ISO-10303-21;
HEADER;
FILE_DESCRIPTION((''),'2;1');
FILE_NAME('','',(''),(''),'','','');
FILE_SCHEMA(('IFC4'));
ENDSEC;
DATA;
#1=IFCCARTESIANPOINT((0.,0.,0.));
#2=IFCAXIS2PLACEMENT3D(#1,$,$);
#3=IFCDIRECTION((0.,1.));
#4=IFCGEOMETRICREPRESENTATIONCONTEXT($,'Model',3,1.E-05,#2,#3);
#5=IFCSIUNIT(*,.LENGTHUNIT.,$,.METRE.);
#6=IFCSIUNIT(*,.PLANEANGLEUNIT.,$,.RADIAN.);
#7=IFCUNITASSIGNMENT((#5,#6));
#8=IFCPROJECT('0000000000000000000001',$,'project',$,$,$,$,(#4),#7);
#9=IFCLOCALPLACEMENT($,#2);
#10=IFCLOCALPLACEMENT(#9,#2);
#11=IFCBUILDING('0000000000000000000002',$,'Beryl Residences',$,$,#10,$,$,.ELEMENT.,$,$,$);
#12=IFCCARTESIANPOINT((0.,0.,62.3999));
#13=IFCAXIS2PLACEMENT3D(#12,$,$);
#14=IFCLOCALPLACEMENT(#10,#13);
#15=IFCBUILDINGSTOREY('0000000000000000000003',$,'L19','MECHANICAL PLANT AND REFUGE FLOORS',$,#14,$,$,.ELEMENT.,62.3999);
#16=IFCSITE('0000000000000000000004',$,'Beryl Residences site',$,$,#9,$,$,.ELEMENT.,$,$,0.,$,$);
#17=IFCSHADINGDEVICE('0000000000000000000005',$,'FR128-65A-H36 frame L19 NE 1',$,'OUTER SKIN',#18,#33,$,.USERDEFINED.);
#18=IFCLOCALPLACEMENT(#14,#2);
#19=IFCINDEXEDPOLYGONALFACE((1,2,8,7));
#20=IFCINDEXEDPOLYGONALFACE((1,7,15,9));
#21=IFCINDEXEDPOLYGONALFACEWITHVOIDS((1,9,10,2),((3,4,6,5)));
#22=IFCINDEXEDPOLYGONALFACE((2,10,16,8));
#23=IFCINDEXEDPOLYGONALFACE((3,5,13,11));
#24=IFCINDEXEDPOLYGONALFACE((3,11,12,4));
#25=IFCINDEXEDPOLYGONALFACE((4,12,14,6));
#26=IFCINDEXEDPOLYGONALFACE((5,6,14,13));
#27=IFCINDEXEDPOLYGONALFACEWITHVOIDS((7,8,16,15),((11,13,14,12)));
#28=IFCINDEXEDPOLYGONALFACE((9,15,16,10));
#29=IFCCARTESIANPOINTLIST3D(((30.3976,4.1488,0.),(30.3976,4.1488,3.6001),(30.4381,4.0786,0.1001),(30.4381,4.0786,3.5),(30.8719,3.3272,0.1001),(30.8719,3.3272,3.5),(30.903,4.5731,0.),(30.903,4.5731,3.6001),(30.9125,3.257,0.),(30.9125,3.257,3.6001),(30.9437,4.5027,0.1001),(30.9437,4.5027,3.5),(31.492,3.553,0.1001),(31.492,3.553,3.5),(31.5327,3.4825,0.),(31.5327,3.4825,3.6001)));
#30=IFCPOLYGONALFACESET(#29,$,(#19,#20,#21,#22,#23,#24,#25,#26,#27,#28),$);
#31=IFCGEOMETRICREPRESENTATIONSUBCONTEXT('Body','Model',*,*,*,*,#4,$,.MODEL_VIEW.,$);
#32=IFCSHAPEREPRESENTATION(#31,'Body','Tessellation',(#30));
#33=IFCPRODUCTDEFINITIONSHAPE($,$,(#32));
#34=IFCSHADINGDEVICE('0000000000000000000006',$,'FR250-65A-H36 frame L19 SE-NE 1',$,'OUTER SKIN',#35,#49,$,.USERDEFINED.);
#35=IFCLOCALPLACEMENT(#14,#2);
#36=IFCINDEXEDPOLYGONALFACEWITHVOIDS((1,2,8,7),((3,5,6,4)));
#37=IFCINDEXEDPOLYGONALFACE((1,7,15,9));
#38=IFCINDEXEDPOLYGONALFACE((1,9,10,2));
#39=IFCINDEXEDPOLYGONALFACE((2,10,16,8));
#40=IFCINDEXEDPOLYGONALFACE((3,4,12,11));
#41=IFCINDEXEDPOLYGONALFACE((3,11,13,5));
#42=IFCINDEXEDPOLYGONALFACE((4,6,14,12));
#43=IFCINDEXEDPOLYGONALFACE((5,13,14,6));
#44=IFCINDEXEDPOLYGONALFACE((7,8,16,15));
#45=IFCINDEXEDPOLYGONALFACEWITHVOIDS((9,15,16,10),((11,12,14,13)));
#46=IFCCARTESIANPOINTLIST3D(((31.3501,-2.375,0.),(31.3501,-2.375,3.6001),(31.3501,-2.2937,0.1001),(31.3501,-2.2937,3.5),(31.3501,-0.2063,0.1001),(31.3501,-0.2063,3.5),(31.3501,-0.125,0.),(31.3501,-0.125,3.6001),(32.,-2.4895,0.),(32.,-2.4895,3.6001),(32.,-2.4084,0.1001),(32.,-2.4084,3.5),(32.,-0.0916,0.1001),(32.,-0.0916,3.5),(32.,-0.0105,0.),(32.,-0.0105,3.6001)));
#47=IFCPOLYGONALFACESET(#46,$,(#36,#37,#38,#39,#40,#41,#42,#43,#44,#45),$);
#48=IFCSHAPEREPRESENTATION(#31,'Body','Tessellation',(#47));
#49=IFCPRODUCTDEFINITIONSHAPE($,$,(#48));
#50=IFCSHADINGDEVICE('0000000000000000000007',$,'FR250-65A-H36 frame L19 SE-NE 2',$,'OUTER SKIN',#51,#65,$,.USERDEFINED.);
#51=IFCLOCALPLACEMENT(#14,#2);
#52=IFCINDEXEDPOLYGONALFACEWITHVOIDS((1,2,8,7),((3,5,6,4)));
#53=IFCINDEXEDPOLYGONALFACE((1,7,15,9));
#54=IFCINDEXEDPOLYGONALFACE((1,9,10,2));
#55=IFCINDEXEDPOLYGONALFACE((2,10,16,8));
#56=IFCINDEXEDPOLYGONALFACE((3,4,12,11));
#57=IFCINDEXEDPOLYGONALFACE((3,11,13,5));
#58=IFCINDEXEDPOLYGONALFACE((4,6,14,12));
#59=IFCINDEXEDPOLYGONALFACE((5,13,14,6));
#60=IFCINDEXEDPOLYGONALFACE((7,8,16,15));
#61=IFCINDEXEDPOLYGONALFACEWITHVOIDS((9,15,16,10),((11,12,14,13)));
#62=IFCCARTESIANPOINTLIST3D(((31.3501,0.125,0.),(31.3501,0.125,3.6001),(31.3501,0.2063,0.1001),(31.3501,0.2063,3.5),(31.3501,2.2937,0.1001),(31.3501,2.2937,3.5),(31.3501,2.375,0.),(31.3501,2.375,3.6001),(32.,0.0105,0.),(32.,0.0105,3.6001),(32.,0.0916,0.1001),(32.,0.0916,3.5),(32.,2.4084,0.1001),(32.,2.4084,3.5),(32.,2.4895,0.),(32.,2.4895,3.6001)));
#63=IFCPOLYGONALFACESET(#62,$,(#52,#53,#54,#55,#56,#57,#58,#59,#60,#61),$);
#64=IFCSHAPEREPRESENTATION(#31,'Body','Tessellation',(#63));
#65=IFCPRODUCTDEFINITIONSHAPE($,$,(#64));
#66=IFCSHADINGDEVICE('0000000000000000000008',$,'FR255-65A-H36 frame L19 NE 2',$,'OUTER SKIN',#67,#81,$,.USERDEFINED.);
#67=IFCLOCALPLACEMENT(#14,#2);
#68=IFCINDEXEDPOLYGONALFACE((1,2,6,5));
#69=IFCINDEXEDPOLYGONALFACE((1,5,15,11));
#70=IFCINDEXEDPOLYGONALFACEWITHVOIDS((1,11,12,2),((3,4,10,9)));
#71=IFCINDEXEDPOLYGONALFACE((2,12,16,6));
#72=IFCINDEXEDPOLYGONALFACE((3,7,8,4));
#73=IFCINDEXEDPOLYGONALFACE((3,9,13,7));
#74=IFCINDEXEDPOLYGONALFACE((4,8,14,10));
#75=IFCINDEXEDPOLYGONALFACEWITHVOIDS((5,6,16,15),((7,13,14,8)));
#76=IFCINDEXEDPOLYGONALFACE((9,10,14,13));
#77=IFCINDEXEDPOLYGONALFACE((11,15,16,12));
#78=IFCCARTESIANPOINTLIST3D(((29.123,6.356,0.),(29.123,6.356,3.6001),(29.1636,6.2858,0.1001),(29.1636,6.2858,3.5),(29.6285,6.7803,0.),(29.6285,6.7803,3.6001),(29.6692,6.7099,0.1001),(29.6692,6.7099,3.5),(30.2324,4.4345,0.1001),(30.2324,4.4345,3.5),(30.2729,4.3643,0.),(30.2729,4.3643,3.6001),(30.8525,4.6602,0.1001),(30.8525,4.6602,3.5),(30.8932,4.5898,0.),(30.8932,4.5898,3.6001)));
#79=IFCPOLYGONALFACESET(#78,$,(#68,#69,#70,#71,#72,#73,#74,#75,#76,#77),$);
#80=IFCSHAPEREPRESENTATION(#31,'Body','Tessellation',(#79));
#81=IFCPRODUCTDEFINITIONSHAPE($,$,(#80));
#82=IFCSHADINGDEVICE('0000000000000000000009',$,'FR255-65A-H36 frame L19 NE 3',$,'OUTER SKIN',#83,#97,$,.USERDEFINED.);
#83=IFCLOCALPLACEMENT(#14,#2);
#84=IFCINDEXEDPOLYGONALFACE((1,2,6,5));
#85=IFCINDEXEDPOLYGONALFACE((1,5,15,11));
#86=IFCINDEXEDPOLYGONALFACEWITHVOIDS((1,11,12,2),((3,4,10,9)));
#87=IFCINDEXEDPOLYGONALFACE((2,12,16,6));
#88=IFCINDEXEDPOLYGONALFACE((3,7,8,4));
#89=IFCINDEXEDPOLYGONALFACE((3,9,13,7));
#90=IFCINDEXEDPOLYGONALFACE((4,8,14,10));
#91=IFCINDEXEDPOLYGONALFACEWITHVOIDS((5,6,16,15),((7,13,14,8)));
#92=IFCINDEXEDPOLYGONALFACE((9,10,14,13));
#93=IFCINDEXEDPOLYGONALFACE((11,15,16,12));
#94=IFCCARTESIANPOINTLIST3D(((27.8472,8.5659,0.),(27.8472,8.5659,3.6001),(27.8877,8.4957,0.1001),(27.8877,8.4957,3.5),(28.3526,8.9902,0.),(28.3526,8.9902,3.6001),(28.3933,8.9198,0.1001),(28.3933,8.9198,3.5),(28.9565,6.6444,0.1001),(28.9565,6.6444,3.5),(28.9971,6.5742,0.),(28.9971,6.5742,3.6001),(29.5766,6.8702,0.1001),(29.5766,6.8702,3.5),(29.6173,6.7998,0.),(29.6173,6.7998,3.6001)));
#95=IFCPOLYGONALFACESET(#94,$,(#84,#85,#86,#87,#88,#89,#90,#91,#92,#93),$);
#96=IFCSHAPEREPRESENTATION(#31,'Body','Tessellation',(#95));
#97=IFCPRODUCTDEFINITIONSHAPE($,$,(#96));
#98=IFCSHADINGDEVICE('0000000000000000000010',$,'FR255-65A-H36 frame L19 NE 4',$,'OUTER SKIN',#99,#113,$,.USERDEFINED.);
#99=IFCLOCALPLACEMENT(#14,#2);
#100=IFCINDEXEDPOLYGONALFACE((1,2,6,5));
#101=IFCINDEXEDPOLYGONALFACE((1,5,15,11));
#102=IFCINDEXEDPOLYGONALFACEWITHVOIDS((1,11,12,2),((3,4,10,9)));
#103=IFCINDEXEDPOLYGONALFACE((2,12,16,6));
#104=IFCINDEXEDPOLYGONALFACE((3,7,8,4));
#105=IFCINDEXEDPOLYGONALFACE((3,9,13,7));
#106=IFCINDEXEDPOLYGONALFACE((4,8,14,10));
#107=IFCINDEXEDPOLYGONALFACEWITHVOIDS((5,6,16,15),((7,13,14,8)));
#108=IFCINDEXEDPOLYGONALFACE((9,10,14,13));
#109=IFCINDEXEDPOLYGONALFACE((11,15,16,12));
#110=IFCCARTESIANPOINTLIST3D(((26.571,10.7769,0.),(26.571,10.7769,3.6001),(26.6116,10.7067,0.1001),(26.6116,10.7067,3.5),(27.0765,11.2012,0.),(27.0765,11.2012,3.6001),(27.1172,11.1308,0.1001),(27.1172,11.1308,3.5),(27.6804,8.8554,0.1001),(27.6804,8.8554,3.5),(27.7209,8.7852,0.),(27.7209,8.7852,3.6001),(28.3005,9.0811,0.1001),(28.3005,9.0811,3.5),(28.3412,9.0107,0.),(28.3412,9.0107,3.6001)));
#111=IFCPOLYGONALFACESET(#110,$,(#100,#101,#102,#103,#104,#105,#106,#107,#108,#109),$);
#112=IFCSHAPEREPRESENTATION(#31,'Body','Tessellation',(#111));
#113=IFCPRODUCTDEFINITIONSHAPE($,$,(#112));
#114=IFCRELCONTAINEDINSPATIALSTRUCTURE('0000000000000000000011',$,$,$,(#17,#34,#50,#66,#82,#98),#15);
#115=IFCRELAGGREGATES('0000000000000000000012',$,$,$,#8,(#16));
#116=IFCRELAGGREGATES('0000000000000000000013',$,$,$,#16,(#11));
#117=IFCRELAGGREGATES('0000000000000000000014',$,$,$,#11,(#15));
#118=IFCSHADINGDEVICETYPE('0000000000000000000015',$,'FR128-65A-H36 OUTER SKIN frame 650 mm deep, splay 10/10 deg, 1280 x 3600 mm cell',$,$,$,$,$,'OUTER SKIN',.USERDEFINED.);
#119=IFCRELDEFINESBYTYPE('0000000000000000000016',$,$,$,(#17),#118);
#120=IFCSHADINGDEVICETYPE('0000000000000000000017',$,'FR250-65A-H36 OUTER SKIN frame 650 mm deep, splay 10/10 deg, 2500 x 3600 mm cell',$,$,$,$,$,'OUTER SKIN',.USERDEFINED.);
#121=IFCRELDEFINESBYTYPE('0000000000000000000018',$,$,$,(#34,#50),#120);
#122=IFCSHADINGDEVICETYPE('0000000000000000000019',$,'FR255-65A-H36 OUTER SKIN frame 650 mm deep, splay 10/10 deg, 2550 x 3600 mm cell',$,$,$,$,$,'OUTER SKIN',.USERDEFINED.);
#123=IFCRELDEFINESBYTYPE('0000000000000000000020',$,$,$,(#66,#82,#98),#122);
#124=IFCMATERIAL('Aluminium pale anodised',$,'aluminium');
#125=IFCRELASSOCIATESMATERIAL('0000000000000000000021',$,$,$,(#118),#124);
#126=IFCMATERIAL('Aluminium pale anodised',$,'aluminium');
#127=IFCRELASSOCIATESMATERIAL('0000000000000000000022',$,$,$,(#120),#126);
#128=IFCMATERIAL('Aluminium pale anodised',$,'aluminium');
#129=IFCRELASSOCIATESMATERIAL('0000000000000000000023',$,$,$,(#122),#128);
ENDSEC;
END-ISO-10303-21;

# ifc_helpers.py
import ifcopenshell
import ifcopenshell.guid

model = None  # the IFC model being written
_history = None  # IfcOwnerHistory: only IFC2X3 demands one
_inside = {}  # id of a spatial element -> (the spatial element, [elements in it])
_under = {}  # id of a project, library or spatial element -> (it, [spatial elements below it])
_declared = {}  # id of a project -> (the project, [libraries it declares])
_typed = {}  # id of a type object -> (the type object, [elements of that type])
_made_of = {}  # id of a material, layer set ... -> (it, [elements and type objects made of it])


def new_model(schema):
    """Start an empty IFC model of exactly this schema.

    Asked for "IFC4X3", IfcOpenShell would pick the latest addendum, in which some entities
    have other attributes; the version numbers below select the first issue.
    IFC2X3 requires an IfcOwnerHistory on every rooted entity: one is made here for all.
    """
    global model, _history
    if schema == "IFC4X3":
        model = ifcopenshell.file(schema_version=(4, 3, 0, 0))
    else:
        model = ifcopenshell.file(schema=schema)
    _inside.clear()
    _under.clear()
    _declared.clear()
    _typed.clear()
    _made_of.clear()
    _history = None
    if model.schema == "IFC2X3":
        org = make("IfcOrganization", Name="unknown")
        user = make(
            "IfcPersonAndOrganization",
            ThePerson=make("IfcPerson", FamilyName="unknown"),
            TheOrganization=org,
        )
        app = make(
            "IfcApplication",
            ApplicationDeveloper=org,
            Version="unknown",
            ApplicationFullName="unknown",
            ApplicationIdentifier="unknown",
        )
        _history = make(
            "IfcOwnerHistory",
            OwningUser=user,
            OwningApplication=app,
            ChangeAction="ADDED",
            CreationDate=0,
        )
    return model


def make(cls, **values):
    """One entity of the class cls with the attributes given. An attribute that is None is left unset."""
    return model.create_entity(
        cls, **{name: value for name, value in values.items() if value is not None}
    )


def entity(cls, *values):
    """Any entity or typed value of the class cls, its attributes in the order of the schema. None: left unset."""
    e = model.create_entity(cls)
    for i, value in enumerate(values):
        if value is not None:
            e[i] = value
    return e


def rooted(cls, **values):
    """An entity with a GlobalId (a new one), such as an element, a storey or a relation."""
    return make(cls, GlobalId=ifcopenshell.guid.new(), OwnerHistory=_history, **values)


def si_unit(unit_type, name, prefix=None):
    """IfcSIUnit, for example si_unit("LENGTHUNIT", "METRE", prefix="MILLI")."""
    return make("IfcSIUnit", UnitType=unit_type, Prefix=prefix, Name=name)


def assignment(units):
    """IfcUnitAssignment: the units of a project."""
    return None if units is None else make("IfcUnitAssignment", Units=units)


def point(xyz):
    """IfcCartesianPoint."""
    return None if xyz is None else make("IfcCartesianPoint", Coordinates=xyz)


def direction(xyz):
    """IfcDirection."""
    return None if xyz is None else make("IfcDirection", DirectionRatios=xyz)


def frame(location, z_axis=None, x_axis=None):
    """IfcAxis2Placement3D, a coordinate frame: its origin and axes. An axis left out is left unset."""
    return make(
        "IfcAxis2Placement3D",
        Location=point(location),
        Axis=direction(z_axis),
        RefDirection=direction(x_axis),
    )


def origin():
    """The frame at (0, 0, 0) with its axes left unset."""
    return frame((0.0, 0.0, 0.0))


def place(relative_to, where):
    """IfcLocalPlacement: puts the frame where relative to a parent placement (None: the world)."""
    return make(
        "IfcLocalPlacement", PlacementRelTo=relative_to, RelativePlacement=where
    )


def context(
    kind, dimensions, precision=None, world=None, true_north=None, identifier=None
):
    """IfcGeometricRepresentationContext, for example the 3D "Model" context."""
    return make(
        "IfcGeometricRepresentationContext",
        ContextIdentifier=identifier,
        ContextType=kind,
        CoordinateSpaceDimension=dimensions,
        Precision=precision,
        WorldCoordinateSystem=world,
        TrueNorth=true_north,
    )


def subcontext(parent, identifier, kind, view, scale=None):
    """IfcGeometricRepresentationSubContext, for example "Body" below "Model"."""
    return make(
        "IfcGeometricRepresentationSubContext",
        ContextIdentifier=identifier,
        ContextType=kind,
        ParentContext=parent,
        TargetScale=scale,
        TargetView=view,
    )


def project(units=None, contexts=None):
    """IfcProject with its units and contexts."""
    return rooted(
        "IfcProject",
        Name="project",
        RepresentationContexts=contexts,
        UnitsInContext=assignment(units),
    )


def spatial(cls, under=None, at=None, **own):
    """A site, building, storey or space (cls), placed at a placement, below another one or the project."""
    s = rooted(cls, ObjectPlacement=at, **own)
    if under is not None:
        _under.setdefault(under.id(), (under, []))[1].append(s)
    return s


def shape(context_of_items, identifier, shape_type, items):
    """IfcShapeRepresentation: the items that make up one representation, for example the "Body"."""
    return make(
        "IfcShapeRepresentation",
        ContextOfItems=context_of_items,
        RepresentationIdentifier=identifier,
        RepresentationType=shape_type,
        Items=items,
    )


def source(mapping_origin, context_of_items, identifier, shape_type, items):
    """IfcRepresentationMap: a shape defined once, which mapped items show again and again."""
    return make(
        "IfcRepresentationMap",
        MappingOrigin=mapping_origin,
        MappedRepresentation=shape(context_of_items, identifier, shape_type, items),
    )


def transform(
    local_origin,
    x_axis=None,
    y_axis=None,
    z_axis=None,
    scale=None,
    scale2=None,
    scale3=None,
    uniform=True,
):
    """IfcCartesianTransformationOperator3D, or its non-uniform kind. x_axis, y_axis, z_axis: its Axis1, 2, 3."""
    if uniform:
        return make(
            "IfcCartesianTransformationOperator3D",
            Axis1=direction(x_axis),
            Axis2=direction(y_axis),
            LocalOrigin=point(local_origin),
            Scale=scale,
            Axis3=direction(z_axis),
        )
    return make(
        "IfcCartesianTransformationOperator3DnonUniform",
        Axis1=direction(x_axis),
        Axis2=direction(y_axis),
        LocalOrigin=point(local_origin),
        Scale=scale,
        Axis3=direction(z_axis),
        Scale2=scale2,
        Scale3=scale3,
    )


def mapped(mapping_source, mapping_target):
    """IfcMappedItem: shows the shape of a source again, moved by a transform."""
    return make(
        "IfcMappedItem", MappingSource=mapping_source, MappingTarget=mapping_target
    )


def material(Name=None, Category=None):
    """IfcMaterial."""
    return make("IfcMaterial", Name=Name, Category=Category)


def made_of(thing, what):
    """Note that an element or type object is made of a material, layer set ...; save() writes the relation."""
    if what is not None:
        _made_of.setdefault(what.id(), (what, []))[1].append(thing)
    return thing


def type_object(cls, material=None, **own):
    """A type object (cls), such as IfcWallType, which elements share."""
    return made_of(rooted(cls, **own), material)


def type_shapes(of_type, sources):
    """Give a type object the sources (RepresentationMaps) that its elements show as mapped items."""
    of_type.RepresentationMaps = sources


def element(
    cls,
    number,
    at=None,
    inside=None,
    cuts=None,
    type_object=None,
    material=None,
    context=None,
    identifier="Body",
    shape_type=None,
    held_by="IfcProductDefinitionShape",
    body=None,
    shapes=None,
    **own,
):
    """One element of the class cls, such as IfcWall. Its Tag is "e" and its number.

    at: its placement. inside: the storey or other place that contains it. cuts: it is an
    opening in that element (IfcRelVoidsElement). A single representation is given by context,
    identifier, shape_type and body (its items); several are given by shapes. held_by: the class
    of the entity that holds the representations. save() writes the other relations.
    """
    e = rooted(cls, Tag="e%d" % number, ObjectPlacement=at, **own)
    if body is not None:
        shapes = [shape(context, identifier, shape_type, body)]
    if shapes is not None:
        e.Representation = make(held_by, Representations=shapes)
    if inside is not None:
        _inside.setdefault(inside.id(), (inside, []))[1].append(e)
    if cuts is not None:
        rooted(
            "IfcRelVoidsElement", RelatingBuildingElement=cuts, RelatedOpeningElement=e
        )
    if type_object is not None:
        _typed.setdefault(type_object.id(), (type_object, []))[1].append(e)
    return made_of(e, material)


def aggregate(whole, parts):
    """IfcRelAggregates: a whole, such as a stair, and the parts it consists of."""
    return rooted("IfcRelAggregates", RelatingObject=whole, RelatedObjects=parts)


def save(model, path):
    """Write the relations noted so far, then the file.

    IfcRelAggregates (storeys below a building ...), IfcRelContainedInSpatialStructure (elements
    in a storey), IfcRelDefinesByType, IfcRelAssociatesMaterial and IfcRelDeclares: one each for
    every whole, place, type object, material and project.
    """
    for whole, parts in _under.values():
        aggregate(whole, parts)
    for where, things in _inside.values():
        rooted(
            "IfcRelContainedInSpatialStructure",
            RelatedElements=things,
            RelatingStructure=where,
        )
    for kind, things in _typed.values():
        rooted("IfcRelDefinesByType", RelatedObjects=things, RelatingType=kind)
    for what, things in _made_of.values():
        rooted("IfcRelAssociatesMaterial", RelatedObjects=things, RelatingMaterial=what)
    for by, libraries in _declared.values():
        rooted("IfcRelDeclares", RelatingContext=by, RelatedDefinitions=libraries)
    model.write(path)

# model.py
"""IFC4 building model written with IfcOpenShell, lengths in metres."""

from ifc_helpers import new_model, entity, si_unit, direction, frame, origin, place, context, subcontext, project, spatial, source, transform, mapped, material, type_object, type_shapes, element, save


model = new_model("IFC4")

# Units and contexts
model_context = context("Model", 3, precision=1e-05, world=origin(), true_north=direction((0.0, 1.0)))
body_context = subcontext(model_context, "Body", "Model", "MODEL_VIEW")
ifc_project = project(units=[si_unit("LENGTHUNIT", "METRE"), si_unit("PLANEANGLEUNIT", "RADIAN")], contexts=[model_context])

# Site, building, storey
site_placement = place(None, origin())
site = spatial("IfcSite", under=ifc_project, at=site_placement, Name="Beryl Residences site", CompositionType="ELEMENT", RefElevation=0.0)
building_placement = place(site_placement, origin())
building = spatial("IfcBuilding", under=site, at=building_placement, Name="Beryl Residences", CompositionType="ELEMENT")
storey_placement = place(building_placement, frame((0.0, 0.0, 62.3999)))
storey = spatial("IfcBuildingStorey", under=building, at=storey_placement, Name="L19", Description="MECHANICAL PLANT AND REFUGE FLOORS", CompositionType="ELEMENT", Elevation=62.3999)

# Shading devices
ifc_material_1 = material(Name="Aluminium pale anodised", Category="aluminium")
shading_device_type_1 = type_object("IfcShadingDeviceType", Name="FR128-65A-H36 OUTER SKIN frame 650 mm deep, splay 10/10 deg, 1280 x 3600 mm cell", ElementType="OUTER SKIN", PredefinedType="USERDEFINED", material=ifc_material_1)
cartesian_point_1 = entity("IfcCartesianPoint", [-0.5149, 0.0])
cartesian_point_2 = entity("IfcCartesianPoint", [-0.4338, 0.1001])
cartesian_point_3 = entity("IfcCartesianPoint", [-0.6296, 0.0])
cartesian_point_4 = entity("IfcCartesianPoint", [-0.5483, 0.1001])
shared_shape_1 = source(origin(), body_context, "Body", "SweptSolid", [
    entity("IfcExtrudedAreaSolidTapered", entity("IfcArbitraryProfileDefWithVoids", "AREA", None, entity("IfcPolyline", [cartesian_point_1, entity("IfcCartesianPoint", [0.5149, 0.0]), entity("IfcCartesianPoint", [0.5149, 3.6001]), entity("IfcCartesianPoint", [-0.5149, 3.6001]), cartesian_point_1]), [entity("IfcPolyline", [cartesian_point_2, entity("IfcCartesianPoint", [0.4338, 0.1001]), entity("IfcCartesianPoint", [0.4338, 3.5]), entity("IfcCartesianPoint", [-0.4338, 3.5]), cartesian_point_2])]), entity("IfcAxis2Placement3D", entity("IfcCartesianPoint", [0.0, 0.0, 0.0]), entity("IfcDirection", [0.0, 1.0, 0.0]), entity("IfcDirection", [-1.0, 0.0, 0.0])), entity("IfcDirection", [0.0, 0.0, 1.0]), 0.6499, entity("IfcArbitraryProfileDefWithVoids", "AREA", None, entity("IfcPolyline", [cartesian_point_3, entity("IfcCartesianPoint", [0.6296, 0.0]), entity("IfcCartesianPoint", [0.6296, 3.6001]), entity("IfcCartesianPoint", [-0.6296, 3.6001]), cartesian_point_3]), [entity("IfcPolyline", [cartesian_point_4, entity("IfcCartesianPoint", [0.5483, 0.1001]), entity("IfcCartesianPoint", [0.5483, 3.5]), entity("IfcCartesianPoint", [-0.5483, 3.5]), cartesian_point_4])])),
])
type_shapes(shading_device_type_1, [shared_shape_1])
shading_device_placement = place(storey_placement, frame((30.655, 3.7029, 0.0), z_axis=(0.0, 0.0, 1.0), x_axis=(0.5, -0.866025, 0.0)))
element("IfcShadingDevice", 1, at=shading_device_placement, inside=storey, type_object=shading_device_type_1, Name="FR128-65A-H36 frame L19 NE 1", ObjectType="OUTER SKIN", PredefinedType="USERDEFINED", context=body_context, shape_type="MappedRepresentation", body=[
    mapped(shared_shape_1, transform((0.0, 0.0, 0.0))),
])
ifc_material_2 = material(Name="Aluminium pale anodised", Category="aluminium")
shading_device_type_2 = type_object("IfcShadingDeviceType", Name="FR250-65A-H36 OUTER SKIN frame 650 mm deep, splay 10/10 deg, 2500 x 3600 mm cell", ElementType="OUTER SKIN", PredefinedType="USERDEFINED", material=ifc_material_2)
cartesian_point_5 = entity("IfcCartesianPoint", [-1.125, 0.0])
cartesian_point_6 = entity("IfcCartesianPoint", [-1.0437, 0.1001])
cartesian_point_7 = entity("IfcCartesianPoint", [-1.2395, 0.0])
cartesian_point_8 = entity("IfcCartesianPoint", [-1.1584, 0.1001])
shared_shape_2 = source(origin(), body_context, "Body", "SweptSolid", [
    entity("IfcExtrudedAreaSolidTapered", entity("IfcArbitraryProfileDefWithVoids", "AREA", None, entity("IfcPolyline", [cartesian_point_5, entity("IfcCartesianPoint", [1.125, 0.0]), entity("IfcCartesianPoint", [1.125, 3.6001]), entity("IfcCartesianPoint", [-1.125, 3.6001]), cartesian_point_5]), [entity("IfcPolyline", [cartesian_point_6, entity("IfcCartesianPoint", [1.0437, 0.1001]), entity("IfcCartesianPoint", [1.0437, 3.5]), entity("IfcCartesianPoint", [-1.0437, 3.5]), cartesian_point_6])]), entity("IfcAxis2Placement3D", entity("IfcCartesianPoint", [0.0, 0.0, 0.0]), entity("IfcDirection", [0.0, 1.0, 0.0]), entity("IfcDirection", [-1.0, 0.0, 0.0])), entity("IfcDirection", [0.0, 0.0, 1.0]), 0.6499, entity("IfcArbitraryProfileDefWithVoids", "AREA", None, entity("IfcPolyline", [cartesian_point_7, entity("IfcCartesianPoint", [1.2395, 0.0]), entity("IfcCartesianPoint", [1.2395, 3.6001]), entity("IfcCartesianPoint", [-1.2395, 3.6001]), cartesian_point_7]), [entity("IfcPolyline", [cartesian_point_8, entity("IfcCartesianPoint", [1.1584, 0.1001]), entity("IfcCartesianPoint", [1.1584, 3.5]), entity("IfcCartesianPoint", [-1.1584, 3.5]), cartesian_point_8])])),
])
type_shapes(shading_device_type_2, [shared_shape_2])
for number, where, z_axis, x_axis, name in (
    (2, (31.3501, -1.25, 0.0), (0.0, 0.0, 1.0), (0.0, -1.0, 0.0), "FR250-65A-H36 frame L19 SE-NE 1"),
    (3, (31.3501, 1.25, 0.0), (0.0, 0.0, 1.0), (0.0, -1.0, 0.0), "FR250-65A-H36 frame L19 SE-NE 2"),
):
    element("IfcShadingDevice", number, at=place(storey_placement, frame(where, z_axis=z_axis, x_axis=x_axis)), inside=storey, type_object=shading_device_type_2, Name=name, ObjectType="OUTER SKIN", PredefinedType="USERDEFINED", context=body_context, shape_type="MappedRepresentation", body=[
        mapped(shared_shape_2, transform((0.0, 0.0, 0.0))),
    ])
ifc_material_3 = material(Name="Aluminium pale anodised", Category="aluminium")
shading_device_type_3 = type_object("IfcShadingDeviceType", Name="FR255-65A-H36 OUTER SKIN frame 650 mm deep, splay 10/10 deg, 2550 x 3600 mm cell", ElementType="OUTER SKIN", PredefinedType="USERDEFINED", material=ifc_material_3)
cartesian_point_9 = entity("IfcCartesianPoint", [-1.1499, 0.0])
cartesian_point_10 = entity("IfcCartesianPoint", [-1.0688, 0.1001])
cartesian_point_11 = entity("IfcCartesianPoint", [-1.2646, 0.0])
cartesian_point_12 = entity("IfcCartesianPoint", [-1.1833, 0.1001])
shared_shape_3 = source(origin(), body_context, "Body", "SweptSolid", [
    entity("IfcExtrudedAreaSolidTapered", entity("IfcArbitraryProfileDefWithVoids", "AREA", None, entity("IfcPolyline", [cartesian_point_9, entity("IfcCartesianPoint", [1.1499, 0.0]), entity("IfcCartesianPoint", [1.1499, 3.6001]), entity("IfcCartesianPoint", [-1.1499, 3.6001]), cartesian_point_9]), [entity("IfcPolyline", [cartesian_point_10, entity("IfcCartesianPoint", [1.0688, 0.1001]), entity("IfcCartesianPoint", [1.0688, 3.5]), entity("IfcCartesianPoint", [-1.0688, 3.5]), cartesian_point_10])]), entity("IfcAxis2Placement3D", entity("IfcCartesianPoint", [0.0, 0.0, 0.0]), entity("IfcDirection", [0.0, 1.0, 0.0]), entity("IfcDirection", [-1.0, 0.0, 0.0])), entity("IfcDirection", [0.0, 0.0, 1.0]), 0.6499, entity("IfcArbitraryProfileDefWithVoids", "AREA", None, entity("IfcPolyline", [cartesian_point_11, entity("IfcCartesianPoint", [1.2646, 0.0]), entity("IfcCartesianPoint", [1.2646, 3.6001]), entity("IfcCartesianPoint", [-1.2646, 3.6001]), cartesian_point_11]), [entity("IfcPolyline", [cartesian_point_12, entity("IfcCartesianPoint", [1.1833, 0.1001]), entity("IfcCartesianPoint", [1.1833, 3.5]), entity("IfcCartesianPoint", [-1.1833, 3.5]), cartesian_point_12])])),
])
type_shapes(shading_device_type_3, [shared_shape_3])
for number, where, z_axis, x_axis, name in (
    (4, (29.698, 5.3601, 0.0), (0.0, 0.0, 1.0), (0.5, -0.866025, 0.0), "FR255-65A-H36 frame L19 NE 2"),
    (5, (28.4221, 7.5701, 0.0), (0.0, 0.0, 1.0), (0.5, -0.866025, 0.0), "FR255-65A-H36 frame L19 NE 3"),
    (6, (27.146, 9.781, 0.0), (0.0, 0.0, 1.0), (0.5, -0.866025, 0.0), "FR255-65A-H36 frame L19 NE 4"),
):
    element("IfcShadingDevice", number, at=place(storey_placement, frame(where, z_axis=z_axis, x_axis=x_axis)), inside=storey, type_object=shading_device_type_3, Name=name, ObjectType="OUTER SKIN", PredefinedType="USERDEFINED", context=body_context, shape_type="MappedRepresentation", body=[
        mapped(shared_shape_3, transform((0.0, 0.0, 0.0))),
    ])

save(model, "model.ifc")
